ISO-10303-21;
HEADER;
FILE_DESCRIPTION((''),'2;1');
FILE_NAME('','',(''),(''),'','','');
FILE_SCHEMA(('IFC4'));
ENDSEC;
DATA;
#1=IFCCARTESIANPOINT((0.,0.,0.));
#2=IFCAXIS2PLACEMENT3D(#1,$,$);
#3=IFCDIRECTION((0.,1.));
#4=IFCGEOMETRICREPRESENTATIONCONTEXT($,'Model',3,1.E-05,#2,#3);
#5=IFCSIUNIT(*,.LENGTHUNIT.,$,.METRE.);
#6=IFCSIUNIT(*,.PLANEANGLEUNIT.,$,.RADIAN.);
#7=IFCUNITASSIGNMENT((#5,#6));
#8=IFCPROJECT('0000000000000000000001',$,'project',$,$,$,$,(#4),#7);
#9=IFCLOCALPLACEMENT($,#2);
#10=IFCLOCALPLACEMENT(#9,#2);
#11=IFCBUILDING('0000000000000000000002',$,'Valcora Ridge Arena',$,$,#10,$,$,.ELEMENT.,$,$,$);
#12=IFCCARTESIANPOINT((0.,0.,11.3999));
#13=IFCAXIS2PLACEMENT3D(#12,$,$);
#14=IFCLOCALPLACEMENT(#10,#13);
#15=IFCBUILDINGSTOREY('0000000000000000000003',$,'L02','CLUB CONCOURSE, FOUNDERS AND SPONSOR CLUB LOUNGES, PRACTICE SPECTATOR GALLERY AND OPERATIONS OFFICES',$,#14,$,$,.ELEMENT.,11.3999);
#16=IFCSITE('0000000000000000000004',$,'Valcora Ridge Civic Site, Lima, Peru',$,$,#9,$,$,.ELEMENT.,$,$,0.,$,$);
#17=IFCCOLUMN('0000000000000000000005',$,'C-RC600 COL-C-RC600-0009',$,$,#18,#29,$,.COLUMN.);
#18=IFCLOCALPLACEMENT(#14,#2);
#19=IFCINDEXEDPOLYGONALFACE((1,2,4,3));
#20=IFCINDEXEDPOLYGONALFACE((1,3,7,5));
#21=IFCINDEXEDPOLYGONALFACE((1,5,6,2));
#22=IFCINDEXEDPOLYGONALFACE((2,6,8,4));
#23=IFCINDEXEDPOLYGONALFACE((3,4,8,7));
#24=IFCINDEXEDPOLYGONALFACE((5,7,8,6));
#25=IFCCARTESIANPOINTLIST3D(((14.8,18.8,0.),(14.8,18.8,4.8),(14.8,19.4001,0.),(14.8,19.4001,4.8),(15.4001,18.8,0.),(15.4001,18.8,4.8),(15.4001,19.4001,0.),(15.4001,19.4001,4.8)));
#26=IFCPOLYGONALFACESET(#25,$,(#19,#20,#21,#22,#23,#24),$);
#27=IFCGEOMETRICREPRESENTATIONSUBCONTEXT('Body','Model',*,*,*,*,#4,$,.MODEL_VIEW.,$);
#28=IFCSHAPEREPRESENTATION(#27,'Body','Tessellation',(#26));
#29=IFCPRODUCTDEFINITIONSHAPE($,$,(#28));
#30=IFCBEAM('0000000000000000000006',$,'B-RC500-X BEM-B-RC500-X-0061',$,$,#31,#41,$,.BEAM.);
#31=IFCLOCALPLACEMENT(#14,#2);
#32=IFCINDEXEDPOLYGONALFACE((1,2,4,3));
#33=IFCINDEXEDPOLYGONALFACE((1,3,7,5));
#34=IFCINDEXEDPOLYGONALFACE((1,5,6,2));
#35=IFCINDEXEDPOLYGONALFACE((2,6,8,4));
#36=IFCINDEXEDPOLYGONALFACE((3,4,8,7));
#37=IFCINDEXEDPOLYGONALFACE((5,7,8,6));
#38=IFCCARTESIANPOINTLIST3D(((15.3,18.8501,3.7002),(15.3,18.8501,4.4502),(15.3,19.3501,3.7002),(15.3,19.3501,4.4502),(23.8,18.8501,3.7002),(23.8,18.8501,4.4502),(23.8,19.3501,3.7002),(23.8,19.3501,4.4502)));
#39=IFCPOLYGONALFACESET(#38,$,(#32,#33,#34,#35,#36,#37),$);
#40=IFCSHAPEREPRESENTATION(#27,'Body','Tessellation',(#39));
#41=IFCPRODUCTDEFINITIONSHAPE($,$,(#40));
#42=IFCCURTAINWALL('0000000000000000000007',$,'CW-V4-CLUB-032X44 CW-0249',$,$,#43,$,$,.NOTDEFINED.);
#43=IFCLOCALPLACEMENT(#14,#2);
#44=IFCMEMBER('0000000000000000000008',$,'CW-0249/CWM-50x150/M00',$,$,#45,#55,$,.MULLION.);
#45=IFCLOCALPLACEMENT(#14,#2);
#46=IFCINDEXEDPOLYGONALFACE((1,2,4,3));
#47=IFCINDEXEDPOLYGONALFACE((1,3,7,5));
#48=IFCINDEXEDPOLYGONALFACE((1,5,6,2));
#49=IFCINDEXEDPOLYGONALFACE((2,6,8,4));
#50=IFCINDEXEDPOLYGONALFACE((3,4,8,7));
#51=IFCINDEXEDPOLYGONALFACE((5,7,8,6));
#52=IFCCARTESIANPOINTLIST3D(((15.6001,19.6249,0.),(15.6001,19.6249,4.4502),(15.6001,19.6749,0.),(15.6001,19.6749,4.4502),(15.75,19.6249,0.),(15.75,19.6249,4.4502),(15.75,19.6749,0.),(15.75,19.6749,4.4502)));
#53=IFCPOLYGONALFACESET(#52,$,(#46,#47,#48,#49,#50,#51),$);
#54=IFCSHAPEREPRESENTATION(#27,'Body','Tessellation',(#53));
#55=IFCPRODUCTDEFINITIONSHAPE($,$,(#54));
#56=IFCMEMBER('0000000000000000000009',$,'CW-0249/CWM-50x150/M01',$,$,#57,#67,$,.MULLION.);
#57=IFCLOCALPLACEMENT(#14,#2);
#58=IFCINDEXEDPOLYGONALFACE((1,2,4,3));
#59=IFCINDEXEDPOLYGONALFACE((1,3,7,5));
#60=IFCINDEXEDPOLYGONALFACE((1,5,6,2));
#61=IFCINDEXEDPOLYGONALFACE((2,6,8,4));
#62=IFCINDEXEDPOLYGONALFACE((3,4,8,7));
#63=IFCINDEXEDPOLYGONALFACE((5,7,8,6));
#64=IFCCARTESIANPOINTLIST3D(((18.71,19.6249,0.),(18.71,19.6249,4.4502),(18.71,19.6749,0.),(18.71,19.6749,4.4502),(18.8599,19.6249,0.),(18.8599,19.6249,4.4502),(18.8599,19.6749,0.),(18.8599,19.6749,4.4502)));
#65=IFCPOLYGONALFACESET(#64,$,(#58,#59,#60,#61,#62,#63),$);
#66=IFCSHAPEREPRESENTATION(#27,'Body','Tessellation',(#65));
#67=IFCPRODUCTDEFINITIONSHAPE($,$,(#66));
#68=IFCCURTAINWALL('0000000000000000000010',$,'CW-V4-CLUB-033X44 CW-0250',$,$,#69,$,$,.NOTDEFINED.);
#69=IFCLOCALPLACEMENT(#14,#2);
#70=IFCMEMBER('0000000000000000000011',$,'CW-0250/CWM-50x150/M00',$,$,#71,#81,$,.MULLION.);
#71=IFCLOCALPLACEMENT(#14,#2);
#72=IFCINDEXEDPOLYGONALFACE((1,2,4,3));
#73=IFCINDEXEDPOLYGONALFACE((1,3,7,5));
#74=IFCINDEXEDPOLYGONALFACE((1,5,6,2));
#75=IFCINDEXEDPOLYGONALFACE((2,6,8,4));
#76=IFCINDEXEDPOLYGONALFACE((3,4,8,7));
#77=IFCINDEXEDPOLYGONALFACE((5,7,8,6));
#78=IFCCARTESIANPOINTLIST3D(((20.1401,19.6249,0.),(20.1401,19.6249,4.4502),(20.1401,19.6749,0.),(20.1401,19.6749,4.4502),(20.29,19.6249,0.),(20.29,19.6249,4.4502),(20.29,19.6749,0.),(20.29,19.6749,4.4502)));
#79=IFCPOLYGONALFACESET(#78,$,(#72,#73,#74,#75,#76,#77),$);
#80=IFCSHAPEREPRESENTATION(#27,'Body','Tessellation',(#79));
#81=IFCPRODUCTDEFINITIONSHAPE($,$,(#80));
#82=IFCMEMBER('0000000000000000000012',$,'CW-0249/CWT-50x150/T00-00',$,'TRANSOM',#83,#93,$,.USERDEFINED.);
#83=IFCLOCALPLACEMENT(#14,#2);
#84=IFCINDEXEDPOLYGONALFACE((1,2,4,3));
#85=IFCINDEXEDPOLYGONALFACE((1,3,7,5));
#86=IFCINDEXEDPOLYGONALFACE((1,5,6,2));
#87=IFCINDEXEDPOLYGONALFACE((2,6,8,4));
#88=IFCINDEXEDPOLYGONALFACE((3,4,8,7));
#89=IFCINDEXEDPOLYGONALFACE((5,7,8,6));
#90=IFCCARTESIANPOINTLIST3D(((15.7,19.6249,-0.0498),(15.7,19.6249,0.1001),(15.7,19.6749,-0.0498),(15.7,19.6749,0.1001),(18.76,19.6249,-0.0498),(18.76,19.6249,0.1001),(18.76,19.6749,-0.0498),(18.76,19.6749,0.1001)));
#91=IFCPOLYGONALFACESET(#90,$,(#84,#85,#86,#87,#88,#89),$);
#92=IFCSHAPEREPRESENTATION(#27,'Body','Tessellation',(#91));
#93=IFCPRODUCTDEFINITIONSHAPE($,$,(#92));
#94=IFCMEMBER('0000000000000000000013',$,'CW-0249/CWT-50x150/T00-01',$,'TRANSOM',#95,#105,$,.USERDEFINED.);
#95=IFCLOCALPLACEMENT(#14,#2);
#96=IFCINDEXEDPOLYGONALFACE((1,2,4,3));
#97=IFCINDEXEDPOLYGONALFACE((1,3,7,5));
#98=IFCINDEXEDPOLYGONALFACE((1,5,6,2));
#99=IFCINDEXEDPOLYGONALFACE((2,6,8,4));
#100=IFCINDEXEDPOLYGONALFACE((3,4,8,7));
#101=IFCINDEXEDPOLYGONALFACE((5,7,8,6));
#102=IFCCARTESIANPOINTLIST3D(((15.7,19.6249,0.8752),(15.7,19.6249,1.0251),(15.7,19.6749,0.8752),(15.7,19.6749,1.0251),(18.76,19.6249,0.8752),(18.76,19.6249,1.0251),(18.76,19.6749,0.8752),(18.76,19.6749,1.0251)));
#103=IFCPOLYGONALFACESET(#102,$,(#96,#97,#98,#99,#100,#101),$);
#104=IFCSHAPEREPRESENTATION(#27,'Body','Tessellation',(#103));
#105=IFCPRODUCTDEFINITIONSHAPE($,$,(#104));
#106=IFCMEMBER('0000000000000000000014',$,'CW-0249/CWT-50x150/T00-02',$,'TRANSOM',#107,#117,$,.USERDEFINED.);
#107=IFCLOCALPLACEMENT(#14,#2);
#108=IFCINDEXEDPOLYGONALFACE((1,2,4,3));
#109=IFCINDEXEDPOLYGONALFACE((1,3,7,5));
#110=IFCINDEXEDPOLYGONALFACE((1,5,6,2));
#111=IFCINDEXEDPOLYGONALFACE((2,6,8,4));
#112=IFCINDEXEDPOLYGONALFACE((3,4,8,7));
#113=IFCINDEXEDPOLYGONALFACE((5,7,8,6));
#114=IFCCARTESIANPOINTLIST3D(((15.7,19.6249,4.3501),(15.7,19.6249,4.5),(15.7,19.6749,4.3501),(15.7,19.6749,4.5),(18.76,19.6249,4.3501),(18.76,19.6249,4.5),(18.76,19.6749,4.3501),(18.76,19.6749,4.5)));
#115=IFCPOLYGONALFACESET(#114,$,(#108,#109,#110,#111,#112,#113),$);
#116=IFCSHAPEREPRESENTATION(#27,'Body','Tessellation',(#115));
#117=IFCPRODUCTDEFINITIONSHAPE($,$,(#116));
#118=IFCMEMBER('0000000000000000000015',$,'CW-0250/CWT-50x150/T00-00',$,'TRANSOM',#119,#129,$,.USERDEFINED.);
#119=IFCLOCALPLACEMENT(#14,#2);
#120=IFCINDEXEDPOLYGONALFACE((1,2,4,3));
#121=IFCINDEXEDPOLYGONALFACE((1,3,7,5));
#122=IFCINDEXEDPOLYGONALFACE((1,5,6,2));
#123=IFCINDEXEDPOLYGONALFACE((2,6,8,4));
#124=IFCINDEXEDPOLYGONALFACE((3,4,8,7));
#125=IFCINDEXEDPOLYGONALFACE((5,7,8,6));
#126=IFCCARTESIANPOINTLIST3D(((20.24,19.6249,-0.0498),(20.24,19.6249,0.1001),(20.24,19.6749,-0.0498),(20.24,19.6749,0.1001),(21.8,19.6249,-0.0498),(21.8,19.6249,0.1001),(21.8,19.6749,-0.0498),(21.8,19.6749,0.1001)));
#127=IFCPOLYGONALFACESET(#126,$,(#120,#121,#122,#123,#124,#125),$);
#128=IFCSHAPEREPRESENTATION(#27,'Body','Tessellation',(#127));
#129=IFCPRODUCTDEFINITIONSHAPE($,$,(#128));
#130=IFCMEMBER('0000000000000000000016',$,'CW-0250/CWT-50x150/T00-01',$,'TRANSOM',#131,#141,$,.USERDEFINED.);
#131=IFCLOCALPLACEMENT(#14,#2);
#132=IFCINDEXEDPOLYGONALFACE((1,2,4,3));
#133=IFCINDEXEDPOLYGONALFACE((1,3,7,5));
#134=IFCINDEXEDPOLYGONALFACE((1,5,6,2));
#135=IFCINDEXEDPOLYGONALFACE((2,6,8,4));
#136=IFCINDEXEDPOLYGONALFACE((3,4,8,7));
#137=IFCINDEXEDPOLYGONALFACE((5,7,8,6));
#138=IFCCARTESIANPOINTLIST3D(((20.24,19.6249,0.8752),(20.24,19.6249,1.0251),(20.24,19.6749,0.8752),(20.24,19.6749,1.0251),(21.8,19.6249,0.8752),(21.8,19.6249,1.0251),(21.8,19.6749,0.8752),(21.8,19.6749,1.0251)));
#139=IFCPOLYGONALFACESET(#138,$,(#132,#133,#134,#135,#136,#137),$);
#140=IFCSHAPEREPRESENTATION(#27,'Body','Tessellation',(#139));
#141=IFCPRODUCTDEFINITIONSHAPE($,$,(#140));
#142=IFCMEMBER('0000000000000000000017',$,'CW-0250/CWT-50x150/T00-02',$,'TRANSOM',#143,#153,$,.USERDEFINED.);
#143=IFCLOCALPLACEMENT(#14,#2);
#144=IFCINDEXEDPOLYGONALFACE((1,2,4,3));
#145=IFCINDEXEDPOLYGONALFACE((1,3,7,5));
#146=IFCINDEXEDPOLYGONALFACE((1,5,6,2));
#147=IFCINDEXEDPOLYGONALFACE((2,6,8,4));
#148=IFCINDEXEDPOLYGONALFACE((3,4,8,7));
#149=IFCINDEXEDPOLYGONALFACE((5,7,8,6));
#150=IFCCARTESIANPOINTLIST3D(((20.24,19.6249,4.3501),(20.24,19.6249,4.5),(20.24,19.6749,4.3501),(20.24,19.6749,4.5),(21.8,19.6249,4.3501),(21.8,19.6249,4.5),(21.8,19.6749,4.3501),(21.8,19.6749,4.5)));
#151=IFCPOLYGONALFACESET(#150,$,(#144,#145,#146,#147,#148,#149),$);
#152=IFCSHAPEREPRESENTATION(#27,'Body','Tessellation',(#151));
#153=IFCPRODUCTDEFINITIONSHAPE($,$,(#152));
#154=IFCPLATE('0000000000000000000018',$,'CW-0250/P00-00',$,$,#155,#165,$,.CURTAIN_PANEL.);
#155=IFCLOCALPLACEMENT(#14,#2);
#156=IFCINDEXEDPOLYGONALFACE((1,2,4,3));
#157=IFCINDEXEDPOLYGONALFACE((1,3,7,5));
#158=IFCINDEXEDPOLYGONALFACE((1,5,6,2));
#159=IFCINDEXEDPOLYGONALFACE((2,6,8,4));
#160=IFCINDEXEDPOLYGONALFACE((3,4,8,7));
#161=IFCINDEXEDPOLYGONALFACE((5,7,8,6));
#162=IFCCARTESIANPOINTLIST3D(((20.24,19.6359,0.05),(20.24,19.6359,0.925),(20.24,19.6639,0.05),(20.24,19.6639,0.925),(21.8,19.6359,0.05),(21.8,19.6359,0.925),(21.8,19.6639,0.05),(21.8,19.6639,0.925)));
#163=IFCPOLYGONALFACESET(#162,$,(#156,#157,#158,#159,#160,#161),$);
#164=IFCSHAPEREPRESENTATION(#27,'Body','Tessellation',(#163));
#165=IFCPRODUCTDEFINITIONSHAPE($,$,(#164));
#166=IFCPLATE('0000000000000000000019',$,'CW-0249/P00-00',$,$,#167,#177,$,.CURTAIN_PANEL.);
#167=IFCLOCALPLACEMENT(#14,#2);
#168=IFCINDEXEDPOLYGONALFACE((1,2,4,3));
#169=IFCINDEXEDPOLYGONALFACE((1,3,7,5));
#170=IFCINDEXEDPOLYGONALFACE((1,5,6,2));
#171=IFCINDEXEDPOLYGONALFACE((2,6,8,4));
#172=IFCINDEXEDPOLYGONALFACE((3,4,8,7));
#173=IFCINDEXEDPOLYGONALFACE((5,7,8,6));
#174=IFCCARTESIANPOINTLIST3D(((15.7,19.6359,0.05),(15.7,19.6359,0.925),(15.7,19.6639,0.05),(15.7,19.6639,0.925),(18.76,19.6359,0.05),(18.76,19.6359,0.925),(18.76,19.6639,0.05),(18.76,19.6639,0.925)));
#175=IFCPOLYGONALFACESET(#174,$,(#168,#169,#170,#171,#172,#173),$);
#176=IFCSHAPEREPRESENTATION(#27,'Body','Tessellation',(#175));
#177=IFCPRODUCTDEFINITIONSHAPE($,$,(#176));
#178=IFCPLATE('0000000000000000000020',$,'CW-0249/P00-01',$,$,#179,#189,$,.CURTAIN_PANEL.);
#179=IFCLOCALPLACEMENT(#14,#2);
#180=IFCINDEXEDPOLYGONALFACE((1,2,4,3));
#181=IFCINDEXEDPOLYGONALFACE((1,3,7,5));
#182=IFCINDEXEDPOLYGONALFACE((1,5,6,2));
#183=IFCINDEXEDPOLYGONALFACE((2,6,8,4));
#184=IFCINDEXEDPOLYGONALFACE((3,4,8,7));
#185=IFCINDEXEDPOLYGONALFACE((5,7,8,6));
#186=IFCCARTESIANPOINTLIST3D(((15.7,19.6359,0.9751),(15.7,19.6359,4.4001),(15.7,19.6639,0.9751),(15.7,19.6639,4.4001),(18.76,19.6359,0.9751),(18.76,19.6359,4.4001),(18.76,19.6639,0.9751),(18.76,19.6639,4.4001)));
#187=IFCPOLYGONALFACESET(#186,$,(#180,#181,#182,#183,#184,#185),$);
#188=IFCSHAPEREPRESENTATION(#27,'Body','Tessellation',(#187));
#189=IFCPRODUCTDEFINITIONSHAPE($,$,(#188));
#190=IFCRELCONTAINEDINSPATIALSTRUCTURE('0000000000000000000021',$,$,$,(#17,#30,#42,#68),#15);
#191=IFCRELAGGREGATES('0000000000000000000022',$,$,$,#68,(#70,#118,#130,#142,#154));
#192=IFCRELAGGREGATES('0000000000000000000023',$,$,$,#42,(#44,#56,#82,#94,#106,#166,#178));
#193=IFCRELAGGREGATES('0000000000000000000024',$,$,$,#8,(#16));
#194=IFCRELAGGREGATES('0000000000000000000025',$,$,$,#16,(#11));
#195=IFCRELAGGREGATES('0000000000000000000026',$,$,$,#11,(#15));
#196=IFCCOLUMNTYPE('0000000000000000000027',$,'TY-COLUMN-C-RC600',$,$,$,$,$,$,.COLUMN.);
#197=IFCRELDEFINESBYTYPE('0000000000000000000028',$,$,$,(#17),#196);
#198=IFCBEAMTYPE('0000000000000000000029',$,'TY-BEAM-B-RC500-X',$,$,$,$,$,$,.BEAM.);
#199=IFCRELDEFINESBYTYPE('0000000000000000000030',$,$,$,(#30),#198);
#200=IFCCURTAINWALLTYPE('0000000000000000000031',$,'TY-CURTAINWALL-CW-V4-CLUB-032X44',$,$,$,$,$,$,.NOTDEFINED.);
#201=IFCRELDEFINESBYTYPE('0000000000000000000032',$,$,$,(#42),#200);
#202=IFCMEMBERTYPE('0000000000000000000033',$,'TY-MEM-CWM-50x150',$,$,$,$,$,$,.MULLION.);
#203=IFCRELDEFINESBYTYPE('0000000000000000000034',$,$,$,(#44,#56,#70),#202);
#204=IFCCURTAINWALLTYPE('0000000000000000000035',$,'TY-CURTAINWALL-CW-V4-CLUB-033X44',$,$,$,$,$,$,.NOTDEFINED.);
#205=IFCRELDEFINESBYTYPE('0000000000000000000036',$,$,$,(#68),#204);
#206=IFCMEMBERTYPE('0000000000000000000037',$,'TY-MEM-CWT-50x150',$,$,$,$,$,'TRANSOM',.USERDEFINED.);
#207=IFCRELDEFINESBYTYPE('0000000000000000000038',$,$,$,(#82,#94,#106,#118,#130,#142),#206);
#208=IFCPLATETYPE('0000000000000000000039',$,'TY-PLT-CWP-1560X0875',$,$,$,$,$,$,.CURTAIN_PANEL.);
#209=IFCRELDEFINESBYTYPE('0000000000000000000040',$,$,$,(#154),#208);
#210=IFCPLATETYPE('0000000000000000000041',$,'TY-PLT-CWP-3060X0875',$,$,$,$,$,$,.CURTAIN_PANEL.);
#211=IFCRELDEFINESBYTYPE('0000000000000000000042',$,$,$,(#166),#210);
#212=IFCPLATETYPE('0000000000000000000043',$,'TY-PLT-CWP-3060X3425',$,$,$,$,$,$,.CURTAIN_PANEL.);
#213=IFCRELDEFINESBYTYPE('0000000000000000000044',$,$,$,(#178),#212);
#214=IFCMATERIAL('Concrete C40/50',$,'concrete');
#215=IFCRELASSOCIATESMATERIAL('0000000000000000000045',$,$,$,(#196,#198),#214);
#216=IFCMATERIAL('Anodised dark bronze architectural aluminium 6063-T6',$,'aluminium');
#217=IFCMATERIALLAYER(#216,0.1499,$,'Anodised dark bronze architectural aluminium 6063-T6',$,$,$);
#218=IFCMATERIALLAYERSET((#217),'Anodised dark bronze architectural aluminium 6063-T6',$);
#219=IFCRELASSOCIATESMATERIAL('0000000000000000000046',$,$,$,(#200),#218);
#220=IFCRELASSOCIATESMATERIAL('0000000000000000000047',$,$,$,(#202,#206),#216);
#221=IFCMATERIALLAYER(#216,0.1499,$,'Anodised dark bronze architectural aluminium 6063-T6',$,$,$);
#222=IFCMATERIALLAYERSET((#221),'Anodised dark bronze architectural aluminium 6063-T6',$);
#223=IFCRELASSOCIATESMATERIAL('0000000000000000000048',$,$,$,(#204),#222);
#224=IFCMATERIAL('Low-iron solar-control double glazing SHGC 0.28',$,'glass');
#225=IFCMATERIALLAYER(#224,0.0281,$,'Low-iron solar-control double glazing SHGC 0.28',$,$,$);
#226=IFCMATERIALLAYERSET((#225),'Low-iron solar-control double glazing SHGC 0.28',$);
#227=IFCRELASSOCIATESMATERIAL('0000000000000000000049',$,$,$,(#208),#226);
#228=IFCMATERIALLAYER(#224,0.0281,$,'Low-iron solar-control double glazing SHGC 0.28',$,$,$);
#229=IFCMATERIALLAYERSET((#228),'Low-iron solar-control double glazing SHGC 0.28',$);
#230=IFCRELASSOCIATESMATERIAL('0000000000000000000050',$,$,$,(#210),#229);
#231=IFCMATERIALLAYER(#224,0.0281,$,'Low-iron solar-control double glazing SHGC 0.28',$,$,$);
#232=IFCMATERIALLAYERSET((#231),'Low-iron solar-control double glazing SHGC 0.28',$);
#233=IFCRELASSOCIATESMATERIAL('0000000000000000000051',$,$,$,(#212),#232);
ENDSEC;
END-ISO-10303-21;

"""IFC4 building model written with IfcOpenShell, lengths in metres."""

from ifc_helpers import new_model, si_unit, direction, frame, origin, origin_2d, place, context, subcontext, project, spatial, rectangle, extrude, material, layer, layer_set, material_profile, profile_set, type_object, element, aggregate, save


model = new_model("IFC4")

# Units and contexts
model_context = context("Model", 3, precision=1e-05, world=origin(), true_north=direction((0.0, 1.0)))
body_context = subcontext(model_context, "Body", "Model", "MODEL_VIEW")
ifc_project = project(units=[si_unit("LENGTHUNIT", "METRE"), si_unit("PLANEANGLEUNIT", "RADIAN")], contexts=[model_context])

# Site, building, storey
site_placement = place(None, origin())
site = spatial("IfcSite", under=ifc_project, at=site_placement, Name="Valcora Ridge Civic Site, Lima, Peru", CompositionType="ELEMENT", RefElevation=0.0)
building_placement = place(site_placement, origin())
building = spatial("IfcBuilding", under=site, at=building_placement, Name="Valcora Ridge Arena", CompositionType="ELEMENT")
storey_placement = place(building_placement, frame((0.0, 0.0, 11.3999)))
storey = spatial("IfcBuildingStorey", under=building, at=storey_placement, Name="L02", Description="CLUB CONCOURSE, FOUNDERS AND SPONSOR CLUB LOUNGES, PRACTICE SPECTATOR GALLERY AND OPERATIONS OFFICES", CompositionType="ELEMENT", Elevation=11.3999)

# Column
ifc_material_1 = material(Name="Concrete C40/50", Category="concrete")
ifc_material_profile_1 = material_profile(ifc_material_1, rectangle(XDim=0.6001, YDim=0.6001, at=origin_2d()), Name="RC 600x600")
ifc_profile_set_1 = profile_set([ifc_material_profile_1], Name="Concrete C40/50")
column_type = type_object("IfcColumnType", Name="TY-COLUMN-C-RC600", PredefinedType="COLUMN", material=ifc_profile_set_1)
column_placement = place(storey_placement, frame((15.1001, 19.1001, 0.0), z_axis=(0.0, 0.0, 1.0), x_axis=(1.0, 0.0, 0.0)))
element("IfcColumn", 1, at=column_placement, inside=storey, type_object=column_type, Name="C-RC600 COL-C-RC600-0009", PredefinedType="COLUMN", context=body_context, shape_type="SweptSolid", body=[
    extrude(rectangle(XDim=0.6001, YDim=0.6001, at=origin_2d()), origin(), (0.0, 0.0, 1.0), 4.8),
])

# Beam
ifc_material_profile_2 = material_profile(ifc_material_1, rectangle(XDim=0.5, YDim=0.75, at=origin_2d()), Name="RC 500x750")
ifc_profile_set_2 = profile_set([ifc_material_profile_2], Name="Concrete C40/50")
beam_type = type_object("IfcBeamType", Name="TY-BEAM-B-RC500-X", PredefinedType="BEAM", material=ifc_profile_set_2)
beam_placement = place(storey_placement, frame((15.3, 19.1001, 4.0752), z_axis=(1.0, 0.0, 0.0), x_axis=(0.0, 1.0, 0.0)))
element("IfcBeam", 2, at=beam_placement, inside=storey, type_object=beam_type, Name="B-RC500-X BEM-B-RC500-X-0061", PredefinedType="BEAM", context=body_context, shape_type="SweptSolid", body=[
    extrude(rectangle(XDim=0.5, YDim=0.75, at=origin_2d()), origin(), (0.0, 0.0, 1.0), 8.5),
])

# Curtain wall, members
ifc_material_2 = material(Name="Anodised dark bronze architectural aluminium 6063-T6", Category="aluminium")
ifc_layer_1 = layer(ifc_material_2, 0.1499, Name="Anodised dark bronze architectural aluminium 6063-T6")
ifc_layer_set_1 = layer_set([ifc_layer_1], Name="Anodised dark bronze architectural aluminium 6063-T6")
curtain_wall_type_1 = type_object("IfcCurtainWallType", Name="TY-CURTAINWALL-CW-V4-CLUB-032X44", PredefinedType="NOTDEFINED", material=ifc_layer_set_1)
curtain_wall_1_placement = place(storey_placement, origin())
curtain_wall_1 = element("IfcCurtainWall", 3, at=curtain_wall_1_placement, inside=storey, type_object=curtain_wall_type_1, Name="CW-V4-CLUB-032X44 CW-0249", PredefinedType="NOTDEFINED")
ifc_material_profile_3 = material_profile(ifc_material_2, rectangle(XDim=0.05, YDim=0.1499, at=origin_2d()), Name="ALU MULLION 50x150")
ifc_profile_set_3 = profile_set([ifc_material_profile_3], Name="Anodised dark bronze architectural aluminium 6063-T6")
member_type_1 = type_object("IfcMemberType", Name="TY-MEM-CWM-50x150", PredefinedType="MULLION", material=ifc_profile_set_3)
member_1_placement = place(storey_placement, frame((15.675, 19.6499, 0.0), z_axis=(0.0, 0.0, 1.0), x_axis=(0.0, 1.0, 0.0)))
member_1 = element("IfcMember", 4, at=member_1_placement, type_object=member_type_1, Name="CW-0249/CWM-50x150/M00", PredefinedType="MULLION", context=body_context, shape_type="SweptSolid", body=[
    extrude(rectangle(XDim=0.05, YDim=0.1499, at=origin_2d()), origin(), (0.0, 0.0, 1.0), 4.4502),
])
member_2_placement = place(storey_placement, frame((18.7849, 19.6499, 0.0), z_axis=(0.0, 0.0, 1.0), x_axis=(0.0, 1.0, 0.0)))
member_2 = element("IfcMember", 5, at=member_2_placement, type_object=member_type_1, Name="CW-0249/CWM-50x150/M01", PredefinedType="MULLION", context=body_context, shape_type="SweptSolid", body=[
    extrude(rectangle(XDim=0.05, YDim=0.1499, at=origin_2d()), origin(), (0.0, 0.0, 1.0), 4.4502),
])

# Curtain wall, member
ifc_layer_2 = layer(ifc_material_2, 0.1499, Name="Anodised dark bronze architectural aluminium 6063-T6")
ifc_layer_set_2 = layer_set([ifc_layer_2], Name="Anodised dark bronze architectural aluminium 6063-T6")
curtain_wall_type_2 = type_object("IfcCurtainWallType", Name="TY-CURTAINWALL-CW-V4-CLUB-033X44", PredefinedType="NOTDEFINED", material=ifc_layer_set_2)
curtain_wall_2_placement = place(storey_placement, origin())
curtain_wall_2 = element("IfcCurtainWall", 6, at=curtain_wall_2_placement, inside=storey, type_object=curtain_wall_type_2, Name="CW-V4-CLUB-033X44 CW-0250", PredefinedType="NOTDEFINED")
member_3_placement = place(storey_placement, frame((20.2151, 19.6499, 0.0), z_axis=(0.0, 0.0, 1.0), x_axis=(0.0, 1.0, 0.0)))
member_3 = element("IfcMember", 7, at=member_3_placement, type_object=member_type_1, Name="CW-0250/CWM-50x150/M00", PredefinedType="MULLION", context=body_context, shape_type="SweptSolid", body=[
    extrude(rectangle(XDim=0.05, YDim=0.1499, at=origin_2d()), origin(), (0.0, 0.0, 1.0), 4.4502),
])

# Members
ifc_material_profile_4 = material_profile(ifc_material_2, rectangle(XDim=0.05, YDim=0.1499, at=origin_2d()), Name="ALU TRANSOM 50x150")
ifc_profile_set_4 = profile_set([ifc_material_profile_4], Name="Anodised dark bronze architectural aluminium 6063-T6")
member_type_2 = type_object("IfcMemberType", Name="TY-MEM-CWT-50x150", ElementType="TRANSOM", PredefinedType="USERDEFINED", material=ifc_profile_set_4)
member_4_placement = place(storey_placement, frame((15.7, 19.6499, 0.0251), z_axis=(1.0, 0.0, 0.0), x_axis=(0.0, 1.0, 0.0)))
member_4 = element("IfcMember", 8, at=member_4_placement, type_object=member_type_2, Name="CW-0249/CWT-50x150/T00-00", ObjectType="TRANSOM", PredefinedType="USERDEFINED", context=body_context, shape_type="SweptSolid", body=[
    extrude(rectangle(XDim=0.05, YDim=0.1499, at=origin_2d()), origin(), (0.0, 0.0, 1.0), 3.0601),
])
member_5_placement = place(storey_placement, frame((15.7, 19.6499, 0.9502), z_axis=(1.0, 0.0, 0.0), x_axis=(0.0, 1.0, 0.0)))
member_5 = element("IfcMember", 9, at=member_5_placement, type_object=member_type_2, Name="CW-0249/CWT-50x150/T00-01", ObjectType="TRANSOM", PredefinedType="USERDEFINED", context=body_context, shape_type="SweptSolid", body=[
    extrude(rectangle(XDim=0.05, YDim=0.1499, at=origin_2d()), origin(), (0.0, 0.0, 1.0), 3.0601),
])
member_6_placement = place(storey_placement, frame((15.7, 19.6499, 4.425), z_axis=(1.0, 0.0, 0.0), x_axis=(0.0, 1.0, 0.0)))
member_6 = element("IfcMember", 10, at=member_6_placement, type_object=member_type_2, Name="CW-0249/CWT-50x150/T00-02", ObjectType="TRANSOM", PredefinedType="USERDEFINED", context=body_context, shape_type="SweptSolid", body=[
    extrude(rectangle(XDim=0.05, YDim=0.1499, at=origin_2d()), origin(), (0.0, 0.0, 1.0), 3.0601),
])
member_7_placement = place(storey_placement, frame((20.24, 19.6499, 0.0251), z_axis=(1.0, 0.0, 0.0), x_axis=(0.0, 1.0, 0.0)))
member_7 = element("IfcMember", 11, at=member_7_placement, type_object=member_type_2, Name="CW-0250/CWT-50x150/T00-00", ObjectType="TRANSOM", PredefinedType="USERDEFINED", context=body_context, shape_type="SweptSolid", body=[
    extrude(rectangle(XDim=0.05, YDim=0.1499, at=origin_2d()), origin(), (0.0, 0.0, 1.0), 1.5601),
])
member_8_placement = place(storey_placement, frame((20.24, 19.6499, 0.9502), z_axis=(1.0, 0.0, 0.0), x_axis=(0.0, 1.0, 0.0)))
member_8 = element("IfcMember", 12, at=member_8_placement, type_object=member_type_2, Name="CW-0250/CWT-50x150/T00-01", ObjectType="TRANSOM", PredefinedType="USERDEFINED", context=body_context, shape_type="SweptSolid", body=[
    extrude(rectangle(XDim=0.05, YDim=0.1499, at=origin_2d()), origin(), (0.0, 0.0, 1.0), 1.5601),
])
member_9_placement = place(storey_placement, frame((20.24, 19.6499, 4.425), z_axis=(1.0, 0.0, 0.0), x_axis=(0.0, 1.0, 0.0)))
member_9 = element("IfcMember", 13, at=member_9_placement, type_object=member_type_2, Name="CW-0250/CWT-50x150/T00-02", ObjectType="TRANSOM", PredefinedType="USERDEFINED", context=body_context, shape_type="SweptSolid", body=[
    extrude(rectangle(XDim=0.05, YDim=0.1499, at=origin_2d()), origin(), (0.0, 0.0, 1.0), 1.5601),
])

# Plates
ifc_material_3 = material(Name="Low-iron solar-control double glazing SHGC 0.28", Category="glass")
ifc_layer_3 = layer(ifc_material_3, 0.0281, Name="Low-iron solar-control double glazing SHGC 0.28")
ifc_layer_set_3 = layer_set([ifc_layer_3], Name="Low-iron solar-control double glazing SHGC 0.28")
plate_type_1 = type_object("IfcPlateType", Name="TY-PLT-CWP-1560X0875", PredefinedType="CURTAIN_PANEL", material=ifc_layer_set_3)
plate_1_placement = place(storey_placement, frame((21.02, 19.6499, 0.05), z_axis=(0.0, 0.0, 1.0), x_axis=(1.0, 0.0, 0.0)))
plate_1 = element("IfcPlate", 14, at=plate_1_placement, type_object=plate_type_1, Name="CW-0250/P00-00", PredefinedType="CURTAIN_PANEL", context=body_context, shape_type="SweptSolid", body=[
    extrude(rectangle(XDim=1.5601, YDim=0.0281, at=origin_2d()), origin(), (0.0, 0.0, 1.0), 0.875),
])
aggregate(curtain_wall_2, [member_3, member_7, member_8, member_9, plate_1])
ifc_layer_4 = layer(ifc_material_3, 0.0281, Name="Low-iron solar-control double glazing SHGC 0.28")
ifc_layer_set_4 = layer_set([ifc_layer_4], Name="Low-iron solar-control double glazing SHGC 0.28")
plate_type_2 = type_object("IfcPlateType", Name="TY-PLT-CWP-3060X0875", PredefinedType="CURTAIN_PANEL", material=ifc_layer_set_4)
plate_2_placement = place(storey_placement, frame((17.23, 19.6499, 0.05), z_axis=(0.0, 0.0, 1.0), x_axis=(1.0, 0.0, 0.0)))
plate_2 = element("IfcPlate", 15, at=plate_2_placement, type_object=plate_type_2, Name="CW-0249/P00-00", PredefinedType="CURTAIN_PANEL", context=body_context, shape_type="SweptSolid", body=[
    extrude(rectangle(XDim=3.0601, YDim=0.0281, at=origin_2d()), origin(), (0.0, 0.0, 1.0), 0.875),
])
ifc_layer_5 = layer(ifc_material_3, 0.0281, Name="Low-iron solar-control double glazing SHGC 0.28")
ifc_layer_set_5 = layer_set([ifc_layer_5], Name="Low-iron solar-control double glazing SHGC 0.28")
plate_type_3 = type_object("IfcPlateType", Name="TY-PLT-CWP-3060X3425", PredefinedType="CURTAIN_PANEL", material=ifc_layer_set_5)
plate_3_placement = place(storey_placement, frame((17.23, 19.6499, 0.9751), z_axis=(0.0, 0.0, 1.0), x_axis=(1.0, 0.0, 0.0)))
plate_3 = element("IfcPlate", 16, at=plate_3_placement, type_object=plate_type_3, Name="CW-0249/P00-01", PredefinedType="CURTAIN_PANEL", context=body_context, shape_type="SweptSolid", body=[
    extrude(rectangle(XDim=3.0601, YDim=0.0281, at=origin_2d()), origin(), (0.0, 0.0, 1.0), 3.425),
])
aggregate(curtain_wall_1, [member_1, member_2, member_4, member_5, member_6, plate_2, plate_3])

save(model, "model.ifc")
